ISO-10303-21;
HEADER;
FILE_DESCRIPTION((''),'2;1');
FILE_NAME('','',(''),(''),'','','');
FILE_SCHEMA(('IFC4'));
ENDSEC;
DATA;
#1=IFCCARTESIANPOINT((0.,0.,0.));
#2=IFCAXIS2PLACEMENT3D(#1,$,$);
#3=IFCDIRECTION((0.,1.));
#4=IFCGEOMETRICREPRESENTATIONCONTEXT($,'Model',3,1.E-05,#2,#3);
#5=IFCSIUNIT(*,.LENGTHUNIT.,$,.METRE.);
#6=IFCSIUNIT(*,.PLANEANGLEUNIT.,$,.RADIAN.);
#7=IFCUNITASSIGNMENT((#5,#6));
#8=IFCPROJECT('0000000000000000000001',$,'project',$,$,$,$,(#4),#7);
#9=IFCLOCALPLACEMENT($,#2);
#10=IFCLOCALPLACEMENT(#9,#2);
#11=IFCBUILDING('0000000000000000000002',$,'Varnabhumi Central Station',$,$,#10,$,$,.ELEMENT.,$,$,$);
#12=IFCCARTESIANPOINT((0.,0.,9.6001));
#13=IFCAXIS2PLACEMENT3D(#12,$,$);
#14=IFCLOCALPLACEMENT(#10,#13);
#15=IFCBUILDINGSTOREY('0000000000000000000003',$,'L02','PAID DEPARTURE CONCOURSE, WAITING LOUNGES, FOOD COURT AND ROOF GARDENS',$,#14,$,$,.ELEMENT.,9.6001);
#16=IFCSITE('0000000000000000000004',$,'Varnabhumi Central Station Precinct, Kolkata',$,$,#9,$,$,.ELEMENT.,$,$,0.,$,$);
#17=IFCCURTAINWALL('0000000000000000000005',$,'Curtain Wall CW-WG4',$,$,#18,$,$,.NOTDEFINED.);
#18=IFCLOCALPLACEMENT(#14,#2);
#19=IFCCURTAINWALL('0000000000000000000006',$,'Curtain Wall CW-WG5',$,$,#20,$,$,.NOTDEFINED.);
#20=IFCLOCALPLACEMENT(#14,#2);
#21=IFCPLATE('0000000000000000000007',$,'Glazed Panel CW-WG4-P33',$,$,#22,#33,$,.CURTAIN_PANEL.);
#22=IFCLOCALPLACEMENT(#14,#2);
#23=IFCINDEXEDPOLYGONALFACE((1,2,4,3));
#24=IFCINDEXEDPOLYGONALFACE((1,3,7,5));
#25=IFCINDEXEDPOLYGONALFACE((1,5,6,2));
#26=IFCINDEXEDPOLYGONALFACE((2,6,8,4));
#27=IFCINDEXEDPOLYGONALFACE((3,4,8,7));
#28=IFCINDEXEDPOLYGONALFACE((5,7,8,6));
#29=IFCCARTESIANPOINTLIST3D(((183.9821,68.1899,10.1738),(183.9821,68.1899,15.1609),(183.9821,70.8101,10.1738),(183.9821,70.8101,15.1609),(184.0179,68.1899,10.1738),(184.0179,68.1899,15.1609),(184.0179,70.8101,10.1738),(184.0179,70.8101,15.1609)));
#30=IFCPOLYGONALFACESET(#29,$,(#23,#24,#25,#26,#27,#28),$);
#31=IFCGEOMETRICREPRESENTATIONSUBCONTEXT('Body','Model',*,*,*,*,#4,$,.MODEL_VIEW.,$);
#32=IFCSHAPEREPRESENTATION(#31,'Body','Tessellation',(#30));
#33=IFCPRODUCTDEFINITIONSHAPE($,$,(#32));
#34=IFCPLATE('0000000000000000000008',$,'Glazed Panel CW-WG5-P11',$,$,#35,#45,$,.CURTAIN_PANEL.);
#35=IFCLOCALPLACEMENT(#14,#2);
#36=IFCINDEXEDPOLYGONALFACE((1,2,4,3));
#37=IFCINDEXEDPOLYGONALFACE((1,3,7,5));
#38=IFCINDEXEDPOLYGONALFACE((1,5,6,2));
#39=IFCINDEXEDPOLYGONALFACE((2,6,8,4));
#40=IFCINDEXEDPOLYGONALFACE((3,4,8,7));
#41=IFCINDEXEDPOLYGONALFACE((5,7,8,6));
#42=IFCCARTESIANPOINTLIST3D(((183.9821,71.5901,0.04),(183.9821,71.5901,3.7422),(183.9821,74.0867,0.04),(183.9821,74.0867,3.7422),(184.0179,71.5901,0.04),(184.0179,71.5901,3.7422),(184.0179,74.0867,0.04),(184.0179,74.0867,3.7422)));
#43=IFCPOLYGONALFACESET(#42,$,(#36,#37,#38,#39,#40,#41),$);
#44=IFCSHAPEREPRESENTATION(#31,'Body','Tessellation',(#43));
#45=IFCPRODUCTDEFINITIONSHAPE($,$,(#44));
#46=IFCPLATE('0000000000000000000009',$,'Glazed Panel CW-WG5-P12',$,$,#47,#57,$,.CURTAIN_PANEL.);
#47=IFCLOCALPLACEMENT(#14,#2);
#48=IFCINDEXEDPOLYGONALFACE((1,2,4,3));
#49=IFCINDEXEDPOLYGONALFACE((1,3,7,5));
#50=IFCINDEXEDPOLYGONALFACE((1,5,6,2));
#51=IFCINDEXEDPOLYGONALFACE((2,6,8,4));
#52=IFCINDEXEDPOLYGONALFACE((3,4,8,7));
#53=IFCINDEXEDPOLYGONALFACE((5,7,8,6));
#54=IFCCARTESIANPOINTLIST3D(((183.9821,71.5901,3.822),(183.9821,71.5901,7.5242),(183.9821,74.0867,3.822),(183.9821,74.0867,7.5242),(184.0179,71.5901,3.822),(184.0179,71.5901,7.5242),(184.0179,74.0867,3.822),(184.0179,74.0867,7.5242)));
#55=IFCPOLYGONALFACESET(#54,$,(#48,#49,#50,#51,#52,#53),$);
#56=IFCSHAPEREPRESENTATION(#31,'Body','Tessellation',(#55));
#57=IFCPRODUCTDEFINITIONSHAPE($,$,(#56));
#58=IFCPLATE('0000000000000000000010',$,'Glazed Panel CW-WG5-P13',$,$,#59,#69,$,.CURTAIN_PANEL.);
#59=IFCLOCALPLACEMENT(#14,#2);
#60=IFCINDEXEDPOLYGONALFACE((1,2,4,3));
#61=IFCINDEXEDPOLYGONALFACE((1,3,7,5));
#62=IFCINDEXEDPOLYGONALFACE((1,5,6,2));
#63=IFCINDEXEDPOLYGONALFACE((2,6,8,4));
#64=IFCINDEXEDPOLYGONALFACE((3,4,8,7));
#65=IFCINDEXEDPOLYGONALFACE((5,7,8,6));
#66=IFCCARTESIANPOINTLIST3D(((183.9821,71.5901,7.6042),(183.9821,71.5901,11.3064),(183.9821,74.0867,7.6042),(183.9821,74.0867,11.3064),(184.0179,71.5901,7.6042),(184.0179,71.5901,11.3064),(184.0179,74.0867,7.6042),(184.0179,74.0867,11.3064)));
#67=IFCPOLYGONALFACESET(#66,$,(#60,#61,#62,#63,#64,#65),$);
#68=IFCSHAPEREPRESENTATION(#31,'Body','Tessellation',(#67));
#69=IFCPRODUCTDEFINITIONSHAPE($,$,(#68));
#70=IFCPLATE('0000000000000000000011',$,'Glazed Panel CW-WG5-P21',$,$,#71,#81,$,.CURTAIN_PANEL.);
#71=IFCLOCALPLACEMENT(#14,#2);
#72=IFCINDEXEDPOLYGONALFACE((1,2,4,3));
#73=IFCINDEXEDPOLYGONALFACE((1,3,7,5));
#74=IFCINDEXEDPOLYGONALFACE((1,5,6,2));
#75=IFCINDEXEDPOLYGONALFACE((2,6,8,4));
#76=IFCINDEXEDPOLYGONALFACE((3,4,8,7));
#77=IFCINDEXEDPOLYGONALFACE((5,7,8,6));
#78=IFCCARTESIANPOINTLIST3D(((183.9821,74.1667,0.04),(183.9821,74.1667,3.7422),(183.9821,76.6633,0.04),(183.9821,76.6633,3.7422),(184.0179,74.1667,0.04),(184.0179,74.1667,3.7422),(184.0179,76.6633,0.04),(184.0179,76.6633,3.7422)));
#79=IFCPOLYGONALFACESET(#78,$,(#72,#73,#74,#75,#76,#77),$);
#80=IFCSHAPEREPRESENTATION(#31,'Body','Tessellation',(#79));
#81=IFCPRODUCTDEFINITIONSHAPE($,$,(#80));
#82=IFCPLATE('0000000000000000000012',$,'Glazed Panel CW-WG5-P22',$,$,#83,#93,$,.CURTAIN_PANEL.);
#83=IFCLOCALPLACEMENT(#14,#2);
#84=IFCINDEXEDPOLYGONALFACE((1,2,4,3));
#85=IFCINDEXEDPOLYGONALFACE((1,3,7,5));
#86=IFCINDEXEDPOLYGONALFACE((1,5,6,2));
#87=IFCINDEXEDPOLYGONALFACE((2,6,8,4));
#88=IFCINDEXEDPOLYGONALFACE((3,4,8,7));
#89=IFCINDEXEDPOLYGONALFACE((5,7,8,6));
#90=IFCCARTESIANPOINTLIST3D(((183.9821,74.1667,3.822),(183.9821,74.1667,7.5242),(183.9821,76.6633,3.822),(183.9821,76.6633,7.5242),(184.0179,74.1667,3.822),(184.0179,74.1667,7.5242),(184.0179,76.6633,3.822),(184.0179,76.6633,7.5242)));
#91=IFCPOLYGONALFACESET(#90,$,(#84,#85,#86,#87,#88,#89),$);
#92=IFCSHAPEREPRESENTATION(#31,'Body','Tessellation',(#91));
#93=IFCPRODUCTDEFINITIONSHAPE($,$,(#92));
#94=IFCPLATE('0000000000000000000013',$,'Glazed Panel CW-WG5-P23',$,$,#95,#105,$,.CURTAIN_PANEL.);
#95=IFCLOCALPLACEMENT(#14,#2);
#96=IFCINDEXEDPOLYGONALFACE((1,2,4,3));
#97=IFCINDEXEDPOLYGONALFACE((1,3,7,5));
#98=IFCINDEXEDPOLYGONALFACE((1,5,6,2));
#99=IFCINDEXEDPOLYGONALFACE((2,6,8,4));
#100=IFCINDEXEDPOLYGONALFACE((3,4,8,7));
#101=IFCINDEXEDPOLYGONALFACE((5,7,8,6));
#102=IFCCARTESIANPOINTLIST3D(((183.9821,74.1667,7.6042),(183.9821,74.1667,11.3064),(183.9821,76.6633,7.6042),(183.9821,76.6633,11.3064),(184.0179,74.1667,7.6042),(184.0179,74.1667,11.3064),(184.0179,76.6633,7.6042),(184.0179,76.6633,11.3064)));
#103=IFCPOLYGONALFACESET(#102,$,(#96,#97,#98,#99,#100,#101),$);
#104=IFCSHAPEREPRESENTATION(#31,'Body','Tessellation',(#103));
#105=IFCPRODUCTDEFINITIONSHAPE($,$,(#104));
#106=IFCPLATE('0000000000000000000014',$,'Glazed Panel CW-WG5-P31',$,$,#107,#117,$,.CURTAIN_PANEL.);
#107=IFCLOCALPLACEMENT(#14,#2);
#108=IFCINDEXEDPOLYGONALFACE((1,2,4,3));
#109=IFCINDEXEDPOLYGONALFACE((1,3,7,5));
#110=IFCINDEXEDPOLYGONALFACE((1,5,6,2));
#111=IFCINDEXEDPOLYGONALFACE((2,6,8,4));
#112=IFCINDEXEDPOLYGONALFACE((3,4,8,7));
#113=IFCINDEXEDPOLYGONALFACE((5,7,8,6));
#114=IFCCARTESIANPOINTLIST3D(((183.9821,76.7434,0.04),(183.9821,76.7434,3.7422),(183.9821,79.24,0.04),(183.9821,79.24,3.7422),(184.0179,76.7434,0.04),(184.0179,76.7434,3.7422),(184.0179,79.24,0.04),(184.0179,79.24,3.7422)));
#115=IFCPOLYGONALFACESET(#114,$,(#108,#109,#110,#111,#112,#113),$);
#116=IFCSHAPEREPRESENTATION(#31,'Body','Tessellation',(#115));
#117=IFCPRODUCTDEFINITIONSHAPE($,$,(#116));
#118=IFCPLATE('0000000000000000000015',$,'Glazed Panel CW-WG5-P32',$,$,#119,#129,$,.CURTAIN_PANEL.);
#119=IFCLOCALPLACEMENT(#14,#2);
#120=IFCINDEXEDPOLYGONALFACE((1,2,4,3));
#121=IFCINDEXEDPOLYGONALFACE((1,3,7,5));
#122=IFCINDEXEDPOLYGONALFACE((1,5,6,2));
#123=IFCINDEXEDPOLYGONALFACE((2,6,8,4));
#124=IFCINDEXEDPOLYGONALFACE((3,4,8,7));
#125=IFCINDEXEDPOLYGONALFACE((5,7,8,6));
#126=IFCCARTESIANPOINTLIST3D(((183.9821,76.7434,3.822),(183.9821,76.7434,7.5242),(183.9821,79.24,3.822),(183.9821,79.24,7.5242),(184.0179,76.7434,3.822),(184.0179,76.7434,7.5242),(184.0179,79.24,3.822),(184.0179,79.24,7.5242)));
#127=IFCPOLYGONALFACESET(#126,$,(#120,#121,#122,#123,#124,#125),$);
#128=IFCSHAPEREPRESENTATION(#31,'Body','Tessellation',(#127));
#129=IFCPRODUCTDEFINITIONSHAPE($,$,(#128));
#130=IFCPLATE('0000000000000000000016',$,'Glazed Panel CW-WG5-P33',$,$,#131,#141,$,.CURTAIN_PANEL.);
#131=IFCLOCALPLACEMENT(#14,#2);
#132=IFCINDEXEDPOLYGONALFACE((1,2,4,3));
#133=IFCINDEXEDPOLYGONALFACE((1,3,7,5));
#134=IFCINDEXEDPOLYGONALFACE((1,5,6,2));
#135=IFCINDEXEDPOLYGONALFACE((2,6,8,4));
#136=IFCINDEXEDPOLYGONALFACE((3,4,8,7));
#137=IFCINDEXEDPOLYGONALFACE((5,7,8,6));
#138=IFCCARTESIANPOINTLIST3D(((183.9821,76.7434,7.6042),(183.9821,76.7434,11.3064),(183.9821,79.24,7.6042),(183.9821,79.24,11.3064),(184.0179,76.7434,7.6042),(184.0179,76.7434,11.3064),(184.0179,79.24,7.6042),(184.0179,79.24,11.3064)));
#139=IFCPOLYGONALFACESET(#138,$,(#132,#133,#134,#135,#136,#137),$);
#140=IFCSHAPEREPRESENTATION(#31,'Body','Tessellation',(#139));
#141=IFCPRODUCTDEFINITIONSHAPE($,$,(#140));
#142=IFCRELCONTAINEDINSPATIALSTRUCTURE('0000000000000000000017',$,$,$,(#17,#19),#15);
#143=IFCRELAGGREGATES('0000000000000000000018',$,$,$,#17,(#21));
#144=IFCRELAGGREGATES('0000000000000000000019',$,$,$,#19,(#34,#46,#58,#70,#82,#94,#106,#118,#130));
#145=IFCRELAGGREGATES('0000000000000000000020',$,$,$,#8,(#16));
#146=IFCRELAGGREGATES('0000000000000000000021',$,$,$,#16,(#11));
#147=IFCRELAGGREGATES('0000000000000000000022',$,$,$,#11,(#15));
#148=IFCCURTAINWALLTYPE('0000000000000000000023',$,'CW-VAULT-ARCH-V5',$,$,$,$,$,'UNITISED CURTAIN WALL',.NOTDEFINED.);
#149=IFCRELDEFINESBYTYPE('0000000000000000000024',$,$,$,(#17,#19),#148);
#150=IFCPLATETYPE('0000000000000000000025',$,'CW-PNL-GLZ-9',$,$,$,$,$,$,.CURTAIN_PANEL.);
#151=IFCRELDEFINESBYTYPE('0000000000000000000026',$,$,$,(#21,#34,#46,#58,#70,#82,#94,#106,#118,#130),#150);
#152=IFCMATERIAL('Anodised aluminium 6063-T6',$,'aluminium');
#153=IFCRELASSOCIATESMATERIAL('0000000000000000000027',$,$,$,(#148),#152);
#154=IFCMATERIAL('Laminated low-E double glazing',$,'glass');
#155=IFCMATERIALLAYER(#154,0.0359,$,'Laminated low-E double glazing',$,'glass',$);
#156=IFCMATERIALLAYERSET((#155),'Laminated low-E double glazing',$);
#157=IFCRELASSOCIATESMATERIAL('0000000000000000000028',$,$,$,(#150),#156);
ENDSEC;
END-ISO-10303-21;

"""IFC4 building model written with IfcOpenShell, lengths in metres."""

from ifc_helpers import new_model, si_unit, direction, frame, origin, origin_2d, place, context, subcontext, project, spatial, rectangle, extrude, material, layer, layer_set, type_object, element, aggregate, save


model = new_model("IFC4")

# Units and contexts
model_context = context("Model", 3, precision=1e-05, world=origin(), true_north=direction((0.0, 1.0)))
body_context = subcontext(model_context, "Body", "Model", "MODEL_VIEW")
ifc_project = project(units=[si_unit("LENGTHUNIT", "METRE"), si_unit("PLANEANGLEUNIT", "RADIAN")], contexts=[model_context])

# Site, building, storey
site_placement = place(None, origin())
site = spatial("IfcSite", under=ifc_project, at=site_placement, Name="Varnabhumi Central Station Precinct, Kolkata", CompositionType="ELEMENT", RefElevation=0.0)
building_placement = place(site_placement, origin())
building = spatial("IfcBuilding", under=site, at=building_placement, Name="Varnabhumi Central Station", CompositionType="ELEMENT")
storey_placement = place(building_placement, frame((0.0, 0.0, 9.6001)))
storey = spatial("IfcBuildingStorey", under=building, at=storey_placement, Name="L02", Description="PAID DEPARTURE CONCOURSE, WAITING LOUNGES, FOOD COURT AND ROOF GARDENS", CompositionType="ELEMENT", Elevation=9.6001)

# Curtain walls
ifc_material_1 = material(Name="Anodised aluminium 6063-T6", Category="aluminium")
curtain_wall_type = type_object("IfcCurtainWallType", Name="CW-VAULT-ARCH-V5", ElementType="UNITISED CURTAIN WALL", PredefinedType="NOTDEFINED", material=ifc_material_1)
curtain_wall_1_placement = place(storey_placement, origin())
curtain_wall_1 = element("IfcCurtainWall", 1, at=curtain_wall_1_placement, inside=storey, type_object=curtain_wall_type, Name="Curtain Wall CW-WG4", PredefinedType="NOTDEFINED")
curtain_wall_2_placement = place(storey_placement, origin())
curtain_wall_2 = element("IfcCurtainWall", 2, at=curtain_wall_2_placement, inside=storey, type_object=curtain_wall_type, Name="Curtain Wall CW-WG5", PredefinedType="NOTDEFINED")

# Plates
ifc_material_2 = material(Name="Laminated low-E double glazing", Category="glass")
ifc_layer = layer(ifc_material_2, 0.0359, Name="Laminated low-E double glazing", Category="glass")
ifc_layer_set = layer_set([ifc_layer], Name="Laminated low-E double glazing")
plate_type = type_object("IfcPlateType", Name="CW-PNL-GLZ-9", PredefinedType="CURTAIN_PANEL", material=ifc_layer_set)
plate_1_placement = place(storey_placement, frame((184.0, 69.5, 10.1738), z_axis=(0.0, 0.0, 1.0), x_axis=(0.0, 1.0, 0.0)))
plate_1 = element("IfcPlate", 3, at=plate_1_placement, type_object=plate_type, Name="Glazed Panel CW-WG4-P33", PredefinedType="CURTAIN_PANEL", context=body_context, shape_type="SweptSolid", body=[
    extrude(rectangle(XDim=2.6201, YDim=0.0359, at=origin_2d()), origin(), (0.0, 0.0, 1.0), 4.9871),
])
aggregate(curtain_wall_1, [plate_1])
plate_2_placement = place(storey_placement, frame((184.0, 72.8384, 0.04), z_axis=(0.0, 0.0, 1.0), x_axis=(0.0, 1.0, 0.0)))
plate_2 = element("IfcPlate", 4, at=plate_2_placement, type_object=plate_type, Name="Glazed Panel CW-WG5-P11", PredefinedType="CURTAIN_PANEL", context=body_context, shape_type="SweptSolid", body=[
    extrude(rectangle(XDim=2.4966, YDim=0.0359, at=origin_2d()), origin(), (0.0, 0.0, 1.0), 3.7021),
])
plate_3_placement = place(storey_placement, frame((184.0, 72.8384, 3.822), z_axis=(0.0, 0.0, 1.0), x_axis=(0.0, 1.0, 0.0)))
plate_3 = element("IfcPlate", 5, at=plate_3_placement, type_object=plate_type, Name="Glazed Panel CW-WG5-P12", PredefinedType="CURTAIN_PANEL", context=body_context, shape_type="SweptSolid", body=[
    extrude(rectangle(XDim=2.4966, YDim=0.0359, at=origin_2d()), origin(), (0.0, 0.0, 1.0), 3.7021),
])
plate_4_placement = place(storey_placement, frame((184.0, 72.8384, 7.6042), z_axis=(0.0, 0.0, 1.0), x_axis=(0.0, 1.0, 0.0)))
plate_4 = element("IfcPlate", 6, at=plate_4_placement, type_object=plate_type, Name="Glazed Panel CW-WG5-P13", PredefinedType="CURTAIN_PANEL", context=body_context, shape_type="SweptSolid", body=[
    extrude(rectangle(XDim=2.4966, YDim=0.0359, at=origin_2d()), origin(), (0.0, 0.0, 1.0), 3.7021),
])
plate_5_placement = place(storey_placement, frame((184.0, 75.415, 0.04), z_axis=(0.0, 0.0, 1.0), x_axis=(0.0, 1.0, 0.0)))
plate_5 = element("IfcPlate", 7, at=plate_5_placement, type_object=plate_type, Name="Glazed Panel CW-WG5-P21", PredefinedType="CURTAIN_PANEL", context=body_context, shape_type="SweptSolid", body=[
    extrude(rectangle(XDim=2.4966, YDim=0.0359, at=origin_2d()), origin(), (0.0, 0.0, 1.0), 3.7021),
])
plate_6_placement = place(storey_placement, frame((184.0, 75.415, 3.822), z_axis=(0.0, 0.0, 1.0), x_axis=(0.0, 1.0, 0.0)))
plate_6 = element("IfcPlate", 8, at=plate_6_placement, type_object=plate_type, Name="Glazed Panel CW-WG5-P22", PredefinedType="CURTAIN_PANEL", context=body_context, shape_type="SweptSolid", body=[
    extrude(rectangle(XDim=2.4966, YDim=0.0359, at=origin_2d()), origin(), (0.0, 0.0, 1.0), 3.7021),
])
plate_7_placement = place(storey_placement, frame((184.0, 75.415, 7.6042), z_axis=(0.0, 0.0, 1.0), x_axis=(0.0, 1.0, 0.0)))
plate_7 = element("IfcPlate", 9, at=plate_7_placement, type_object=plate_type, Name="Glazed Panel CW-WG5-P23", PredefinedType="CURTAIN_PANEL", context=body_context, shape_type="SweptSolid", body=[
    extrude(rectangle(XDim=2.4966, YDim=0.0359, at=origin_2d()), origin(), (0.0, 0.0, 1.0), 3.7021),
])
plate_8_placement = place(storey_placement, frame((184.0, 77.9917, 0.04), z_axis=(0.0, 0.0, 1.0), x_axis=(0.0, 1.0, 0.0)))
plate_8 = element("IfcPlate", 10, at=plate_8_placement, type_object=plate_type, Name="Glazed Panel CW-WG5-P31", PredefinedType="CURTAIN_PANEL", context=body_context, shape_type="SweptSolid", body=[
    extrude(rectangle(XDim=2.4966, YDim=0.0359, at=origin_2d()), origin(), (0.0, 0.0, 1.0), 3.7021),
])
plate_9_placement = place(storey_placement, frame((184.0, 77.9917, 3.822), z_axis=(0.0, 0.0, 1.0), x_axis=(0.0, 1.0, 0.0)))
plate_9 = element("IfcPlate", 11, at=plate_9_placement, type_object=plate_type, Name="Glazed Panel CW-WG5-P32", PredefinedType="CURTAIN_PANEL", context=body_context, shape_type="SweptSolid", body=[
    extrude(rectangle(XDim=2.4966, YDim=0.0359, at=origin_2d()), origin(), (0.0, 0.0, 1.0), 3.7021),
])
plate_10_placement = place(storey_placement, frame((184.0, 77.9917, 7.6042), z_axis=(0.0, 0.0, 1.0), x_axis=(0.0, 1.0, 0.0)))
plate_10 = element("IfcPlate", 12, at=plate_10_placement, type_object=plate_type, Name="Glazed Panel CW-WG5-P33", PredefinedType="CURTAIN_PANEL", context=body_context, shape_type="SweptSolid", body=[
    extrude(rectangle(XDim=2.4966, YDim=0.0359, at=origin_2d()), origin(), (0.0, 0.0, 1.0), 3.7021),
])
aggregate(curtain_wall_2, [plate_2, plate_3, plate_4, plate_5, plate_6, plate_7, plate_8, plate_9, plate_10])

save(model, "model.ifc")
